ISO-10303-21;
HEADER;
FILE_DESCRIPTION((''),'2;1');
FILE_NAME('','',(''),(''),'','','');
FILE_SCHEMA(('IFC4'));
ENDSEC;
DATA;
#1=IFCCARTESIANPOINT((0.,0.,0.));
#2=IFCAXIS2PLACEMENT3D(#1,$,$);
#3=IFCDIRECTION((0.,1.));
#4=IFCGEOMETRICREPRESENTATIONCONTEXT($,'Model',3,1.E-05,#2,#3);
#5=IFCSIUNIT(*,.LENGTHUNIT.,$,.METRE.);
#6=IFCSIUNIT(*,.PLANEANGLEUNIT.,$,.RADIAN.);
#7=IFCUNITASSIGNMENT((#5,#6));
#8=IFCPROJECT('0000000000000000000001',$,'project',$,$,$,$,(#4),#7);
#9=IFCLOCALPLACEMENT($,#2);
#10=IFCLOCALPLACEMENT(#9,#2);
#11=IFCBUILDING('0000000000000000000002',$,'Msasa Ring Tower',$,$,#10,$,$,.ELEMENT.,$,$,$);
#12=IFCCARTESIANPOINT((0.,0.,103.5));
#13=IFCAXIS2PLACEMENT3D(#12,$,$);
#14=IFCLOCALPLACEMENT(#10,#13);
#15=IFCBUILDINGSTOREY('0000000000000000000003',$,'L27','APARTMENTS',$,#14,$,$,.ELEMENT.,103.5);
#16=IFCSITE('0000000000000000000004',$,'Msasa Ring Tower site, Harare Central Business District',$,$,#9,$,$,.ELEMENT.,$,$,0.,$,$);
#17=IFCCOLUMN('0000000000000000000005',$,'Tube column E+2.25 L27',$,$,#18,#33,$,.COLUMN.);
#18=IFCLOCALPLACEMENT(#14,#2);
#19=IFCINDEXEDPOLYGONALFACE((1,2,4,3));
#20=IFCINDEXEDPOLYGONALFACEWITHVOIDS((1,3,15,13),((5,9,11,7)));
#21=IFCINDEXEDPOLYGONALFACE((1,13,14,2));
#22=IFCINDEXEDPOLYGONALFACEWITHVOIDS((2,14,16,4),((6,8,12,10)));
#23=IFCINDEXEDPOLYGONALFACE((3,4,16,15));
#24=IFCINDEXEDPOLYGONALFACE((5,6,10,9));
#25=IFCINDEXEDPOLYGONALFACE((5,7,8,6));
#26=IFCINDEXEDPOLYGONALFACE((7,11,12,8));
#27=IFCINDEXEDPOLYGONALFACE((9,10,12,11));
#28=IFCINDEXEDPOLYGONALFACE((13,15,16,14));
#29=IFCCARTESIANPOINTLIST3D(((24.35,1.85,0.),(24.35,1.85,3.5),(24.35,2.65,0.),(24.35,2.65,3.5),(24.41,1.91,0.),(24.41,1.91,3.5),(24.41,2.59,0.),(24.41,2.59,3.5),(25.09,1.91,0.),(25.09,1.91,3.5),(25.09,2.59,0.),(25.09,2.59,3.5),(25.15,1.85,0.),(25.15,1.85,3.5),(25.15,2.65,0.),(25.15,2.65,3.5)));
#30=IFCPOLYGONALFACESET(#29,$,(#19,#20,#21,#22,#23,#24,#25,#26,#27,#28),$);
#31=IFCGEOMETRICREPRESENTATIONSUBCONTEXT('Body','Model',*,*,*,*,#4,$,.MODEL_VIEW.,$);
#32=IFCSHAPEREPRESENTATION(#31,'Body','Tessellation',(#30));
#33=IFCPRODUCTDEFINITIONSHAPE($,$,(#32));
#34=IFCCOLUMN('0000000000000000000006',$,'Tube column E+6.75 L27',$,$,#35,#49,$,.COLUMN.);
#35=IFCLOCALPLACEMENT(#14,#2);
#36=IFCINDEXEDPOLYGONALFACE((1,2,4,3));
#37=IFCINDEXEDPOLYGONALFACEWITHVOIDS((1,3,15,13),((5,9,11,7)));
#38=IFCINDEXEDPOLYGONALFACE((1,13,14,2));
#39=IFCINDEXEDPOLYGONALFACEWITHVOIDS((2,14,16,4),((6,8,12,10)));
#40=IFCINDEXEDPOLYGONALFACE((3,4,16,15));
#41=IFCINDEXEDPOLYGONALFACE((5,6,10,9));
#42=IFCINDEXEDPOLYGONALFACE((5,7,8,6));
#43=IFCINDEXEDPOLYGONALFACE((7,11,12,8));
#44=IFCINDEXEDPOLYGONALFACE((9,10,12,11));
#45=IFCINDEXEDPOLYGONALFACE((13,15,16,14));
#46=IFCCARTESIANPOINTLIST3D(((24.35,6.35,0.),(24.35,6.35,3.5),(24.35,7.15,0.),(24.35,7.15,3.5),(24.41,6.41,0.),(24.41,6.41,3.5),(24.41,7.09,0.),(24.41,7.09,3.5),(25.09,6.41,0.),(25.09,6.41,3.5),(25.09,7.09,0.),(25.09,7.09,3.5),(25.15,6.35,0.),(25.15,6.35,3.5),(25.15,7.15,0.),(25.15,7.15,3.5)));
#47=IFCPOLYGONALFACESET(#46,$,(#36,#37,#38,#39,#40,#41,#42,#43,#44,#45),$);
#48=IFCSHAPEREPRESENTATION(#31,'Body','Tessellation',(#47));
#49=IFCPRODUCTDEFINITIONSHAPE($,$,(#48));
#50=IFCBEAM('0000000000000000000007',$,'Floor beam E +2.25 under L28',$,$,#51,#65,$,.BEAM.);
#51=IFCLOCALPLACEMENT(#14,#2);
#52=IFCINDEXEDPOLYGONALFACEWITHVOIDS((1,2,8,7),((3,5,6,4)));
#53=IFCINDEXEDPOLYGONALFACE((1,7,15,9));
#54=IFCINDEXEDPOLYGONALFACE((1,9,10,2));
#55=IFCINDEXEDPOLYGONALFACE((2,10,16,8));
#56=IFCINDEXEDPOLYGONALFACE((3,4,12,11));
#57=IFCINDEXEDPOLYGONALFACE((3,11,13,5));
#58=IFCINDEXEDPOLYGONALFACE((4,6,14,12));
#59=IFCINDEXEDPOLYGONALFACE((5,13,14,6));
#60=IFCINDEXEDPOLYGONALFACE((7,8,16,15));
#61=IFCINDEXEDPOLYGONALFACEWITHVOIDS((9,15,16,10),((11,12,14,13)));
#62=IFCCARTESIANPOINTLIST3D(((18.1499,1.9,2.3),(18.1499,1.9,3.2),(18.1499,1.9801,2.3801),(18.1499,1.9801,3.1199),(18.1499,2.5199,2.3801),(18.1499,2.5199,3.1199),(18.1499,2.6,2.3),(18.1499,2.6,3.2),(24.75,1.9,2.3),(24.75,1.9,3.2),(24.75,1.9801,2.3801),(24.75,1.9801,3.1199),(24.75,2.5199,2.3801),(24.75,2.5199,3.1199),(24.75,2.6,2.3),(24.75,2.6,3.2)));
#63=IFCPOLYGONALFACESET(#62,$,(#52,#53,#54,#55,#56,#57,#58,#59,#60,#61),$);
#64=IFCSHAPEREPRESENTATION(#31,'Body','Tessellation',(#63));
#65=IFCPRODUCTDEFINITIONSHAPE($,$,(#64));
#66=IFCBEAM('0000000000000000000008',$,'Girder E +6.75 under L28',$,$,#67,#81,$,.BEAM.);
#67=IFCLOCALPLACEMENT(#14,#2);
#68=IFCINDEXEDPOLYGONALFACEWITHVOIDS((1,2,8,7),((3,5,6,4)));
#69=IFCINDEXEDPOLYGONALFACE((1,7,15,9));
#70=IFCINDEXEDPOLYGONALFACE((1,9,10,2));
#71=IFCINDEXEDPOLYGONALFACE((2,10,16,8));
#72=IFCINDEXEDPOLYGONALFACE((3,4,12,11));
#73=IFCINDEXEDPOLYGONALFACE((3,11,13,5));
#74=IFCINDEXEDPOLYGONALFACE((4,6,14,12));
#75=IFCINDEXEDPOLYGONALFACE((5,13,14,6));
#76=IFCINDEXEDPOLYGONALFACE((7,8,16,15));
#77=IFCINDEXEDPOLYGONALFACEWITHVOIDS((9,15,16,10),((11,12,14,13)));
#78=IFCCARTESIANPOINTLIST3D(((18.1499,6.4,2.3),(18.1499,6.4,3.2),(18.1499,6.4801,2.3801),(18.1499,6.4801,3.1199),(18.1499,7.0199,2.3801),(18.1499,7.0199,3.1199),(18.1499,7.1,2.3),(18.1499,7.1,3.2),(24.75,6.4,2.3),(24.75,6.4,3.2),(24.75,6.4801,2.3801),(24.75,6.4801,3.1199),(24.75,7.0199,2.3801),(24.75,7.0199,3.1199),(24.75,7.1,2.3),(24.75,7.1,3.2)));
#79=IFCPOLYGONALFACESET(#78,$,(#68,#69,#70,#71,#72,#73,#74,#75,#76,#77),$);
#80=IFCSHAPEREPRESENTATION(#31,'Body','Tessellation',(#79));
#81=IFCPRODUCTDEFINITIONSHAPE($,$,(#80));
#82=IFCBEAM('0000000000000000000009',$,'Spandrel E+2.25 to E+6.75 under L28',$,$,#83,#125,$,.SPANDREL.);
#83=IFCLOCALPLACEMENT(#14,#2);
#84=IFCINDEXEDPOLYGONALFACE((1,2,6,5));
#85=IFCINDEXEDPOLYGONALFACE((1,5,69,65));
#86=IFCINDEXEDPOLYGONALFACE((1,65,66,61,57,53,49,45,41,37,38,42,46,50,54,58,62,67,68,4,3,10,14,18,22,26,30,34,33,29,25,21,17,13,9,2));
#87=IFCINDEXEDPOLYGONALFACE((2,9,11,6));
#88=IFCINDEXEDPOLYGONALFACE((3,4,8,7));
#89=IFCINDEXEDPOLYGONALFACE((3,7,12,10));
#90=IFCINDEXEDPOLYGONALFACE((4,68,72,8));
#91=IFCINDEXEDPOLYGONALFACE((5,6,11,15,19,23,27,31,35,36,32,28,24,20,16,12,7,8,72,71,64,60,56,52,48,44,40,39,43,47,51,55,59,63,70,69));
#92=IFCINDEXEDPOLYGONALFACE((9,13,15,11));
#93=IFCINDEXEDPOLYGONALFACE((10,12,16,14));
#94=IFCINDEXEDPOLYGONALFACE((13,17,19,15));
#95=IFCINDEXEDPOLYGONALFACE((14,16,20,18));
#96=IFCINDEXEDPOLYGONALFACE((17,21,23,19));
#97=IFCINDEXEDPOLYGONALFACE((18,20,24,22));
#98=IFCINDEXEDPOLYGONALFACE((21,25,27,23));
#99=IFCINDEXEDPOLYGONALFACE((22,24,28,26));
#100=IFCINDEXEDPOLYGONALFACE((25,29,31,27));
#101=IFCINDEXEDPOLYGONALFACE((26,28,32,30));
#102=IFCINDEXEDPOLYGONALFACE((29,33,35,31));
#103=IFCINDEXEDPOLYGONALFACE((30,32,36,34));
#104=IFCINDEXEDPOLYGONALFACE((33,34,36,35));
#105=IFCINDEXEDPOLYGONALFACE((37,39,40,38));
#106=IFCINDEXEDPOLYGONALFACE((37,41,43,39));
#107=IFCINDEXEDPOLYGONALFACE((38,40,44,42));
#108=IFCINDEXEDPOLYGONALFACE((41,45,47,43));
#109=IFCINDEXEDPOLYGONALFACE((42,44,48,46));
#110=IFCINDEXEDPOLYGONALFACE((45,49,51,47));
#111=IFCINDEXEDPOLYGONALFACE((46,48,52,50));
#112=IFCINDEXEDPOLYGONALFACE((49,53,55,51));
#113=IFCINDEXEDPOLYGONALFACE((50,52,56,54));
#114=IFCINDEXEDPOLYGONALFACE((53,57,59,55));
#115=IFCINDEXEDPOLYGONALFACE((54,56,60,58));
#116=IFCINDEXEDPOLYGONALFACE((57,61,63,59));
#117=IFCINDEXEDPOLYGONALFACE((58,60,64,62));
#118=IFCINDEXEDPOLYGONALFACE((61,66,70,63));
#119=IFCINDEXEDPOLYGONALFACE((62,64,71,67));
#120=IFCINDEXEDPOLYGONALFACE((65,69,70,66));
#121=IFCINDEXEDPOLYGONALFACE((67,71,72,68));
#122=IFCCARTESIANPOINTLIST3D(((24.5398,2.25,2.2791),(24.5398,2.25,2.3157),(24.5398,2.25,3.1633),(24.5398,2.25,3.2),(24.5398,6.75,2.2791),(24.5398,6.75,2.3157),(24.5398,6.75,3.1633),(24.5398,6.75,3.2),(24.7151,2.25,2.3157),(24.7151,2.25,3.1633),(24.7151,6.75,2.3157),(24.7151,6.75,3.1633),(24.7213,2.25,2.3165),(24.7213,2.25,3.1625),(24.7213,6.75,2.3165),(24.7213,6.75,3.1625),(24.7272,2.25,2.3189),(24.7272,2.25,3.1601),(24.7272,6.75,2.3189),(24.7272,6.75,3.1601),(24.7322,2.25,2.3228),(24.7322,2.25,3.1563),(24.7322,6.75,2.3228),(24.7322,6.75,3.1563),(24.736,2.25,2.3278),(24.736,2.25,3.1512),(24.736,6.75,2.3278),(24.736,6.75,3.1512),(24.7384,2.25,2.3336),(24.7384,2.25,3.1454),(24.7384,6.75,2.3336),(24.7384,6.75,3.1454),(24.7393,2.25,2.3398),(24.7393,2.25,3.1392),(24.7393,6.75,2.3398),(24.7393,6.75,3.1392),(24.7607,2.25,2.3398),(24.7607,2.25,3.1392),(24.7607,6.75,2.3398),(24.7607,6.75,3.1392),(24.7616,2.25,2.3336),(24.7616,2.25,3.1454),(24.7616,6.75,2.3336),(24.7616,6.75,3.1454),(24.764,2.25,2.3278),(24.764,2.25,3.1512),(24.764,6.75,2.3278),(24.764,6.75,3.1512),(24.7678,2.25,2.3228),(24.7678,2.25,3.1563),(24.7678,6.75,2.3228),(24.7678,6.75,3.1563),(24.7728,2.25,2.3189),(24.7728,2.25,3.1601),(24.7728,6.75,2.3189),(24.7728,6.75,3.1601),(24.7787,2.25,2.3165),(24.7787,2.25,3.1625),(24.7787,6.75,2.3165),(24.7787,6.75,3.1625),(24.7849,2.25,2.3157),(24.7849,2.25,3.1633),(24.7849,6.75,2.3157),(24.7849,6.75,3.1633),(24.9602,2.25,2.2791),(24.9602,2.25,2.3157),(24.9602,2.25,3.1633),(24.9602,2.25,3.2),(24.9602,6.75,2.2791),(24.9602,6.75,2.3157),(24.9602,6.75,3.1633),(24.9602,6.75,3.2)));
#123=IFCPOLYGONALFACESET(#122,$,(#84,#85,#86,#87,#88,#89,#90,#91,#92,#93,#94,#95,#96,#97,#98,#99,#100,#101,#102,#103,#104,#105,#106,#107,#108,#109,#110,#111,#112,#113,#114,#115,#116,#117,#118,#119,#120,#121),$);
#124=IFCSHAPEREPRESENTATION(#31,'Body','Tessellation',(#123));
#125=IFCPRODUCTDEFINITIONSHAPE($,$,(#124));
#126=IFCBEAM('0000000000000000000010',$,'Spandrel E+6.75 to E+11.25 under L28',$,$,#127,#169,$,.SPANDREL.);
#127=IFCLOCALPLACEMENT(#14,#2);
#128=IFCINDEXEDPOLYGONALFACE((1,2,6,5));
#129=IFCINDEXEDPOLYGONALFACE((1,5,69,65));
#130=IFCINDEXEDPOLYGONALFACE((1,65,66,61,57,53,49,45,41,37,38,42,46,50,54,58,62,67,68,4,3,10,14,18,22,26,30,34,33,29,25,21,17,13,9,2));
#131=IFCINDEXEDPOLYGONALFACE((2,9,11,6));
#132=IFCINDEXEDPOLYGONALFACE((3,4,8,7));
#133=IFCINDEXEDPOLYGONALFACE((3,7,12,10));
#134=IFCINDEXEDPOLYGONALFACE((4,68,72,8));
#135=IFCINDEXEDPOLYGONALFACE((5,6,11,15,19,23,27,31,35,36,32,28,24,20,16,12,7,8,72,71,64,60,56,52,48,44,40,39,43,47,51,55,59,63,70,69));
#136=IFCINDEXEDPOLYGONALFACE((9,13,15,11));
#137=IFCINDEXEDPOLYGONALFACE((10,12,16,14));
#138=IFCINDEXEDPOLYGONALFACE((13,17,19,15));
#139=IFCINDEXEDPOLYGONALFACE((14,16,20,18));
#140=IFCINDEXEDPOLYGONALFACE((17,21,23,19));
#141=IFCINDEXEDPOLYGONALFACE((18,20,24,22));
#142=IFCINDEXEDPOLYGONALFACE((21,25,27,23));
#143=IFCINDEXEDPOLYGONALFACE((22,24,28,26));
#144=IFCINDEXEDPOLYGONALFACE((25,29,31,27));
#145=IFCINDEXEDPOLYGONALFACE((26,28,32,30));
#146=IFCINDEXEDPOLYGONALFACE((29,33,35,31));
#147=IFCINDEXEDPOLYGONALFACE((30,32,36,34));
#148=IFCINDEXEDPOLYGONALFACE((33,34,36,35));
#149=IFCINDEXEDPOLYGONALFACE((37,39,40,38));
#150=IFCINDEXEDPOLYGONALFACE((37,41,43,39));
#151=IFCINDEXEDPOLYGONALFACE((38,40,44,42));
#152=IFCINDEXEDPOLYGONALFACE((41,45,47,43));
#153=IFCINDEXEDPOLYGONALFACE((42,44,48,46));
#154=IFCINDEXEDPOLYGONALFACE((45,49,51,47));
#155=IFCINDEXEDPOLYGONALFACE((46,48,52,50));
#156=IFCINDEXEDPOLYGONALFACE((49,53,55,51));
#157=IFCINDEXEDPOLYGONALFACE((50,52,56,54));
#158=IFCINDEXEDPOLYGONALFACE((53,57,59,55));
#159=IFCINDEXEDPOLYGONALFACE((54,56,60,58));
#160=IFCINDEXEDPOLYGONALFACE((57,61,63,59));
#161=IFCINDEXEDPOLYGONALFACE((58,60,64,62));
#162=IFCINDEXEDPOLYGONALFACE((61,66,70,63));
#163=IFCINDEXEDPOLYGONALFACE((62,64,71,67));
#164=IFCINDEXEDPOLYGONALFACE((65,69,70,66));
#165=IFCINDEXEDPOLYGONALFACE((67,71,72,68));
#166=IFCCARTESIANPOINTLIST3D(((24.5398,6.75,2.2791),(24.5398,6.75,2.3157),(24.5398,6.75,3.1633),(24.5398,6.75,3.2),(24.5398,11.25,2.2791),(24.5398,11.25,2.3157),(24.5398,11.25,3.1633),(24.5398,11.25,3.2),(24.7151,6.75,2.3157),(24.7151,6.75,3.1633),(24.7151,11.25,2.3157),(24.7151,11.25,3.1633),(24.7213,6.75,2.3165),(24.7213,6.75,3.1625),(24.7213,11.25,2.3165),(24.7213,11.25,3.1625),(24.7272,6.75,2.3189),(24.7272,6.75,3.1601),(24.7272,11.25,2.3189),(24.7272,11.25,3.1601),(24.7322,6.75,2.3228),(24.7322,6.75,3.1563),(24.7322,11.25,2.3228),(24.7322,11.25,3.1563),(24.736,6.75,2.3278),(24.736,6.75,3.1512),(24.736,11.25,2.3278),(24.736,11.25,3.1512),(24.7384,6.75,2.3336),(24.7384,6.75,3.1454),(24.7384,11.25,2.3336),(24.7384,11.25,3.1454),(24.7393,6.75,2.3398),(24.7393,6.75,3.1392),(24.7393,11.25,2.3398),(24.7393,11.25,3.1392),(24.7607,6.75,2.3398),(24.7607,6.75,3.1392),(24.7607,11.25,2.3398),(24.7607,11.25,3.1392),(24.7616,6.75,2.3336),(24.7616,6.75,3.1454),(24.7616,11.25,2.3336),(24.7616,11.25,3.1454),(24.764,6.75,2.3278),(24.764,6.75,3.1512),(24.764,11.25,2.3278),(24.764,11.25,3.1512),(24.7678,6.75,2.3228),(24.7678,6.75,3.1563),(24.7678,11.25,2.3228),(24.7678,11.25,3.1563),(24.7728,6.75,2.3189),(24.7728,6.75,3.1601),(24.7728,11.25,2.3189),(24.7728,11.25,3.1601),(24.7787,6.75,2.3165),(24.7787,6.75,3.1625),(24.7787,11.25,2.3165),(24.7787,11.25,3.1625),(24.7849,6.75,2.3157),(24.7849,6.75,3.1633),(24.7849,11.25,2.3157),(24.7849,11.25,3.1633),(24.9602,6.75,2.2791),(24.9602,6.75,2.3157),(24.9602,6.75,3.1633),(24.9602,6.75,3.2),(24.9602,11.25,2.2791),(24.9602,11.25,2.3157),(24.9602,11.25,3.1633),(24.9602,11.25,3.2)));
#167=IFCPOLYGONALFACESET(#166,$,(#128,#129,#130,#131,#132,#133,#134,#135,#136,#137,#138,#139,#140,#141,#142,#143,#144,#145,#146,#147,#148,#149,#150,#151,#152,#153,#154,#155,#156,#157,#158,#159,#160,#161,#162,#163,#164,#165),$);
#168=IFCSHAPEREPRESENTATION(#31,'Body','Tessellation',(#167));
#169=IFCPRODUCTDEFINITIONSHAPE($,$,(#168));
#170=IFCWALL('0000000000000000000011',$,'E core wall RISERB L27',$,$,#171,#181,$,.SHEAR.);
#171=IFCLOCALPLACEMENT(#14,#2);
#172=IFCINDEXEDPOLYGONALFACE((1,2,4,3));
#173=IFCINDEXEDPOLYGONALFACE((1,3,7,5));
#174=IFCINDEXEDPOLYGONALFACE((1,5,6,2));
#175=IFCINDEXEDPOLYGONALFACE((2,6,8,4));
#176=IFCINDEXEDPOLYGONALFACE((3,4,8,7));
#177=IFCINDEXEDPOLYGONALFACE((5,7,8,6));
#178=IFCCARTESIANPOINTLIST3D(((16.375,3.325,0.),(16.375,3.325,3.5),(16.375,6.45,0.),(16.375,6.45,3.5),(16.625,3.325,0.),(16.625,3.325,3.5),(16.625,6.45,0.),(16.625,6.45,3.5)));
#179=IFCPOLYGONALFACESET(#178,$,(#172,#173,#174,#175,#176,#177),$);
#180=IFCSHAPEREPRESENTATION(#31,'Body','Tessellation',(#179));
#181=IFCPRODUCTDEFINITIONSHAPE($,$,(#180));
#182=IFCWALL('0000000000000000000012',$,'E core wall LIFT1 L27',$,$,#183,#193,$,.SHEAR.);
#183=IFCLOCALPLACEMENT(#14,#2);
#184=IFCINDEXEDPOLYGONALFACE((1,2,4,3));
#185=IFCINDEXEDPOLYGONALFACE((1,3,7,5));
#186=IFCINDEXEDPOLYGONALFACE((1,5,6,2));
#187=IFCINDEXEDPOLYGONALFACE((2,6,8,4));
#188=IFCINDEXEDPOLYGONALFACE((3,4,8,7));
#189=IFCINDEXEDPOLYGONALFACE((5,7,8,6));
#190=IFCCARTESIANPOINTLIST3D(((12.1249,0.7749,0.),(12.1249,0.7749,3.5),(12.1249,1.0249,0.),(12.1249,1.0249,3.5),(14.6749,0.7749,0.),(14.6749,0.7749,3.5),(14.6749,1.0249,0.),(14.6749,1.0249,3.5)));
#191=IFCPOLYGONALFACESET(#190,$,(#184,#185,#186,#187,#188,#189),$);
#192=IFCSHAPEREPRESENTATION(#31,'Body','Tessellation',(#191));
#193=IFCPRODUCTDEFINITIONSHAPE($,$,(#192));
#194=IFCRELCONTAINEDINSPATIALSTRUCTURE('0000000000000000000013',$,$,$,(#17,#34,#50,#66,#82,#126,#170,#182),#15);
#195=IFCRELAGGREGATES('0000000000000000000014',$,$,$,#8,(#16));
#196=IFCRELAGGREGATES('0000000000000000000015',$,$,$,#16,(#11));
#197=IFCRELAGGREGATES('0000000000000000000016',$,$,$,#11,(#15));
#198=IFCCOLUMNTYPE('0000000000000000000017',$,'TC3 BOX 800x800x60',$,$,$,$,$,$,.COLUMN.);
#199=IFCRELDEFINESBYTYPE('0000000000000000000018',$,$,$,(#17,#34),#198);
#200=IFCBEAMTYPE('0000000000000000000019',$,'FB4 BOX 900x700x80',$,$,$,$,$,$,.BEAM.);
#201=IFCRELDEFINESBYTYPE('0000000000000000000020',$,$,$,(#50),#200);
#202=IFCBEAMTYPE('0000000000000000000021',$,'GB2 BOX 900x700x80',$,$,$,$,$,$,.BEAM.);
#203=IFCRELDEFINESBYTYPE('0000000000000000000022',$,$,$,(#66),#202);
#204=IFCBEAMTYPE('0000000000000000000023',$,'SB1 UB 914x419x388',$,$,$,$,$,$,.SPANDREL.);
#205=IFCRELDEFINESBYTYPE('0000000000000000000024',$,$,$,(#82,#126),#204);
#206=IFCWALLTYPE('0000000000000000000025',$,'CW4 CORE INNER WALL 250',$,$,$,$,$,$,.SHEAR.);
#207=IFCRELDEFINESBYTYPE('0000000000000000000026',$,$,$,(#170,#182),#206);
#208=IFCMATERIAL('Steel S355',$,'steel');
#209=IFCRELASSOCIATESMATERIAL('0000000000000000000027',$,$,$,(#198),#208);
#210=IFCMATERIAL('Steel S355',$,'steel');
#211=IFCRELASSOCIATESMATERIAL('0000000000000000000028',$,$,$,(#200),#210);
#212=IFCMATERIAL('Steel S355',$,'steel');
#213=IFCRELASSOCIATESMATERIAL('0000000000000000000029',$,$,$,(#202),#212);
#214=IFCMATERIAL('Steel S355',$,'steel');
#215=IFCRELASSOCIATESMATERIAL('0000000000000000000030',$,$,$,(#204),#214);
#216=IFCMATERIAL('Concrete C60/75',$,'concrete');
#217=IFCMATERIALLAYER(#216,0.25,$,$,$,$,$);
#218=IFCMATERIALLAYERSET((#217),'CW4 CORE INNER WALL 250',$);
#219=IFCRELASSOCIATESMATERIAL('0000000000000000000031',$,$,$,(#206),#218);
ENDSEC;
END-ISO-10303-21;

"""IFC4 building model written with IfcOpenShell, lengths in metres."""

from ifc_helpers import new_model, si_unit, direction, frame, frame_2d, origin, origin_2d, place, context, subcontext, project, spatial, rectangle, hollow_rectangle, i_section, extrude, material, layer, layer_set, material_profile, profile_set, type_object, element, save


model = new_model("IFC4")

# Units and contexts
model_context = context("Model", 3, precision=1e-05, world=origin(), true_north=direction((0.0, 1.0)))
body_context = subcontext(model_context, "Body", "Model", "MODEL_VIEW")
ifc_project = project(units=[si_unit("LENGTHUNIT", "METRE"), si_unit("PLANEANGLEUNIT", "RADIAN")], contexts=[model_context])

# Site, building, storey
site_placement = place(None, origin())
site = spatial("IfcSite", under=ifc_project, at=site_placement, Name="Msasa Ring Tower site, Harare Central Business District", CompositionType="ELEMENT", RefElevation=0.0)
building_placement = place(site_placement, origin())
building = spatial("IfcBuilding", under=site, at=building_placement, Name="Msasa Ring Tower", CompositionType="ELEMENT")
storey_placement = place(building_placement, frame((0.0, 0.0, 103.5)))
storey = spatial("IfcBuildingStorey", under=building, at=storey_placement, Name="L27", Description="APARTMENTS", CompositionType="ELEMENT", Elevation=103.5)

# Columns
ifc_material_1 = material(Name="Steel S355", Category="steel")
ifc_material_profile_1 = material_profile(ifc_material_1, hollow_rectangle(XDim=0.8, YDim=0.8, WallThickness=0.0601, at=origin_2d()), Name="BOX 800x800x60")
ifc_profile_set_1 = profile_set([ifc_material_profile_1], Name="Steel S355")
column_type = type_object("IfcColumnType", Name="TC3 BOX 800x800x60", PredefinedType="COLUMN", material=ifc_profile_set_1)
for number, where, z_axis, x_axis, name in (
    (1, (24.75, 2.25, 0.0), (0.0, 0.0, 1.0), (1.0, 0.0, 0.0), "Tube column E+2.25 L27"),
    (2, (24.75, 6.75, 0.0), (0.0, 0.0, 1.0), (1.0, 0.0, 0.0), "Tube column E+6.75 L27"),
):
    element("IfcColumn", number, at=place(storey_placement, frame(where, z_axis=z_axis, x_axis=x_axis)), inside=storey, type_object=column_type, Name=name, PredefinedType="COLUMN", context=body_context, shape_type="SweptSolid", body=[
        extrude(hollow_rectangle(XDim=0.8, YDim=0.8, WallThickness=0.0601, at=origin_2d()), origin(), (0.0, 0.0, 1.0), 3.5),
    ])

# Beams
ifc_material_2 = material(Name="Steel S355", Category="steel")
ifc_material_profile_2 = material_profile(ifc_material_2, hollow_rectangle(XDim=0.7, YDim=0.8999, WallThickness=0.0801, at=origin_2d()), Name="BOX 900x700x80")
ifc_profile_set_2 = profile_set([ifc_material_profile_2], Name="Steel S355")
beam_type_1 = type_object("IfcBeamType", Name="FB4 BOX 900x700x80", PredefinedType="BEAM", material=ifc_profile_set_2)
beam_1_placement = place(storey_placement, frame((24.75, 2.25, 2.75), z_axis=(-1.0, 0.0, 0.0), x_axis=(0.0, -1.0, 0.0)))
element("IfcBeam", 3, at=beam_1_placement, inside=storey, type_object=beam_type_1, Name="Floor beam E +2.25 under L28", PredefinedType="BEAM", context=body_context, shape_type="SweptSolid", body=[
    extrude(hollow_rectangle(XDim=0.7, YDim=0.8999, WallThickness=0.0801, at=origin_2d()), origin(), (0.0, 0.0, 1.0), 6.6001),
])
ifc_material_3 = material(Name="Steel S355", Category="steel")
ifc_material_profile_3 = material_profile(ifc_material_3, hollow_rectangle(XDim=0.7, YDim=0.8999, WallThickness=0.0801, at=origin_2d()), Name="BOX 900x700x80")
ifc_profile_set_3 = profile_set([ifc_material_profile_3], Name="Steel S355")
beam_type_2 = type_object("IfcBeamType", Name="GB2 BOX 900x700x80", PredefinedType="BEAM", material=ifc_profile_set_3)
beam_2_placement = place(storey_placement, frame((18.1499, 6.75, 2.75), z_axis=(1.0, 0.0, 0.0), x_axis=(0.0, 1.0, 0.0)))
element("IfcBeam", 4, at=beam_2_placement, inside=storey, type_object=beam_type_2, Name="Girder E +6.75 under L28", PredefinedType="BEAM", context=body_context, shape_type="SweptSolid", body=[
    extrude(hollow_rectangle(XDim=0.7, YDim=0.8999, WallThickness=0.0801, at=origin_2d()), origin(), (0.0, 0.0, 1.0), 6.6001),
])
ifc_material_4 = material(Name="Steel S355", Category="steel")
ifc_material_profile_4 = material_profile(ifc_material_4, i_section(OverallWidth=0.4204, OverallDepth=0.9209, WebThickness=0.0215, FlangeThickness=0.0366, FilletRadius=0.0242, at=origin_2d()), Name="UB 914x419x388")
ifc_profile_set_4 = profile_set([ifc_material_profile_4], Name="Steel S355")
beam_type_3 = type_object("IfcBeamType", Name="SB1 UB 914x419x388", PredefinedType="SPANDREL", material=ifc_profile_set_4)
for number, where, z_axis, x_axis, name in (
    (5, (24.75, 2.25, 2.7395), (0.0, 1.0, 0.0), (-1.0, 0.0, 0.0), "Spandrel E+2.25 to E+6.75 under L28"),
    (6, (24.75, 6.75, 2.7395), (0.0, 1.0, 0.0), (-1.0, 0.0, 0.0), "Spandrel E+6.75 to E+11.25 under L28"),
):
    element("IfcBeam", number, at=place(storey_placement, frame(where, z_axis=z_axis, x_axis=x_axis)), inside=storey, type_object=beam_type_3, Name=name, PredefinedType="SPANDREL", context=body_context, shape_type="SweptSolid", body=[
        extrude(i_section(OverallWidth=0.4204, OverallDepth=0.9209, WebThickness=0.0215, FlangeThickness=0.0366, FilletRadius=0.0242, at=origin_2d()), origin(), (0.0, 0.0, 1.0), 4.5),
    ])

# Walls
ifc_material_5 = material(Name="Concrete C60/75", Category="concrete")
ifc_layer_1 = layer(ifc_material_5, 0.25)
ifc_layer_set_1 = layer_set([ifc_layer_1], Name="CW4 CORE INNER WALL 250")
wall_type_1 = type_object("IfcWallType", Name="CW4 CORE INNER WALL 250", PredefinedType="SHEAR", material=ifc_layer_set_1)
wall_1_placement = place(storey_placement, frame((16.5, 3.325, 0.0), z_axis=(0.0, 0.0, 1.0), x_axis=(0.0, 1.0, 0.0)))
element("IfcWall", 7, at=wall_1_placement, inside=storey, type_object=wall_type_1, Name="E core wall RISERB L27", PredefinedType="SHEAR", context=body_context, shape_type="SweptSolid", body=[
    extrude(rectangle(XDim=3.125, YDim=0.25, at=frame_2d((1.5625, 0.0))), origin(), (0.0, 0.0, 1.0), 3.5),
])
wall_2_placement = place(storey_placement, frame((12.125, 0.8999, 0.0), z_axis=(0.0, 0.0, 1.0), x_axis=(1.0, 0.0, 0.0)))
element("IfcWall", 8, at=wall_2_placement, inside=storey, type_object=wall_type_1, Name="E core wall LIFT1 L27", PredefinedType="SHEAR", context=body_context, shape_type="SweptSolid", body=[
    extrude(rectangle(XDim=2.55, YDim=0.25, at=frame_2d((1.2749, 0.0))), origin(), (0.0, 0.0, 1.0), 3.5),
])

save(model, "model.ifc")
